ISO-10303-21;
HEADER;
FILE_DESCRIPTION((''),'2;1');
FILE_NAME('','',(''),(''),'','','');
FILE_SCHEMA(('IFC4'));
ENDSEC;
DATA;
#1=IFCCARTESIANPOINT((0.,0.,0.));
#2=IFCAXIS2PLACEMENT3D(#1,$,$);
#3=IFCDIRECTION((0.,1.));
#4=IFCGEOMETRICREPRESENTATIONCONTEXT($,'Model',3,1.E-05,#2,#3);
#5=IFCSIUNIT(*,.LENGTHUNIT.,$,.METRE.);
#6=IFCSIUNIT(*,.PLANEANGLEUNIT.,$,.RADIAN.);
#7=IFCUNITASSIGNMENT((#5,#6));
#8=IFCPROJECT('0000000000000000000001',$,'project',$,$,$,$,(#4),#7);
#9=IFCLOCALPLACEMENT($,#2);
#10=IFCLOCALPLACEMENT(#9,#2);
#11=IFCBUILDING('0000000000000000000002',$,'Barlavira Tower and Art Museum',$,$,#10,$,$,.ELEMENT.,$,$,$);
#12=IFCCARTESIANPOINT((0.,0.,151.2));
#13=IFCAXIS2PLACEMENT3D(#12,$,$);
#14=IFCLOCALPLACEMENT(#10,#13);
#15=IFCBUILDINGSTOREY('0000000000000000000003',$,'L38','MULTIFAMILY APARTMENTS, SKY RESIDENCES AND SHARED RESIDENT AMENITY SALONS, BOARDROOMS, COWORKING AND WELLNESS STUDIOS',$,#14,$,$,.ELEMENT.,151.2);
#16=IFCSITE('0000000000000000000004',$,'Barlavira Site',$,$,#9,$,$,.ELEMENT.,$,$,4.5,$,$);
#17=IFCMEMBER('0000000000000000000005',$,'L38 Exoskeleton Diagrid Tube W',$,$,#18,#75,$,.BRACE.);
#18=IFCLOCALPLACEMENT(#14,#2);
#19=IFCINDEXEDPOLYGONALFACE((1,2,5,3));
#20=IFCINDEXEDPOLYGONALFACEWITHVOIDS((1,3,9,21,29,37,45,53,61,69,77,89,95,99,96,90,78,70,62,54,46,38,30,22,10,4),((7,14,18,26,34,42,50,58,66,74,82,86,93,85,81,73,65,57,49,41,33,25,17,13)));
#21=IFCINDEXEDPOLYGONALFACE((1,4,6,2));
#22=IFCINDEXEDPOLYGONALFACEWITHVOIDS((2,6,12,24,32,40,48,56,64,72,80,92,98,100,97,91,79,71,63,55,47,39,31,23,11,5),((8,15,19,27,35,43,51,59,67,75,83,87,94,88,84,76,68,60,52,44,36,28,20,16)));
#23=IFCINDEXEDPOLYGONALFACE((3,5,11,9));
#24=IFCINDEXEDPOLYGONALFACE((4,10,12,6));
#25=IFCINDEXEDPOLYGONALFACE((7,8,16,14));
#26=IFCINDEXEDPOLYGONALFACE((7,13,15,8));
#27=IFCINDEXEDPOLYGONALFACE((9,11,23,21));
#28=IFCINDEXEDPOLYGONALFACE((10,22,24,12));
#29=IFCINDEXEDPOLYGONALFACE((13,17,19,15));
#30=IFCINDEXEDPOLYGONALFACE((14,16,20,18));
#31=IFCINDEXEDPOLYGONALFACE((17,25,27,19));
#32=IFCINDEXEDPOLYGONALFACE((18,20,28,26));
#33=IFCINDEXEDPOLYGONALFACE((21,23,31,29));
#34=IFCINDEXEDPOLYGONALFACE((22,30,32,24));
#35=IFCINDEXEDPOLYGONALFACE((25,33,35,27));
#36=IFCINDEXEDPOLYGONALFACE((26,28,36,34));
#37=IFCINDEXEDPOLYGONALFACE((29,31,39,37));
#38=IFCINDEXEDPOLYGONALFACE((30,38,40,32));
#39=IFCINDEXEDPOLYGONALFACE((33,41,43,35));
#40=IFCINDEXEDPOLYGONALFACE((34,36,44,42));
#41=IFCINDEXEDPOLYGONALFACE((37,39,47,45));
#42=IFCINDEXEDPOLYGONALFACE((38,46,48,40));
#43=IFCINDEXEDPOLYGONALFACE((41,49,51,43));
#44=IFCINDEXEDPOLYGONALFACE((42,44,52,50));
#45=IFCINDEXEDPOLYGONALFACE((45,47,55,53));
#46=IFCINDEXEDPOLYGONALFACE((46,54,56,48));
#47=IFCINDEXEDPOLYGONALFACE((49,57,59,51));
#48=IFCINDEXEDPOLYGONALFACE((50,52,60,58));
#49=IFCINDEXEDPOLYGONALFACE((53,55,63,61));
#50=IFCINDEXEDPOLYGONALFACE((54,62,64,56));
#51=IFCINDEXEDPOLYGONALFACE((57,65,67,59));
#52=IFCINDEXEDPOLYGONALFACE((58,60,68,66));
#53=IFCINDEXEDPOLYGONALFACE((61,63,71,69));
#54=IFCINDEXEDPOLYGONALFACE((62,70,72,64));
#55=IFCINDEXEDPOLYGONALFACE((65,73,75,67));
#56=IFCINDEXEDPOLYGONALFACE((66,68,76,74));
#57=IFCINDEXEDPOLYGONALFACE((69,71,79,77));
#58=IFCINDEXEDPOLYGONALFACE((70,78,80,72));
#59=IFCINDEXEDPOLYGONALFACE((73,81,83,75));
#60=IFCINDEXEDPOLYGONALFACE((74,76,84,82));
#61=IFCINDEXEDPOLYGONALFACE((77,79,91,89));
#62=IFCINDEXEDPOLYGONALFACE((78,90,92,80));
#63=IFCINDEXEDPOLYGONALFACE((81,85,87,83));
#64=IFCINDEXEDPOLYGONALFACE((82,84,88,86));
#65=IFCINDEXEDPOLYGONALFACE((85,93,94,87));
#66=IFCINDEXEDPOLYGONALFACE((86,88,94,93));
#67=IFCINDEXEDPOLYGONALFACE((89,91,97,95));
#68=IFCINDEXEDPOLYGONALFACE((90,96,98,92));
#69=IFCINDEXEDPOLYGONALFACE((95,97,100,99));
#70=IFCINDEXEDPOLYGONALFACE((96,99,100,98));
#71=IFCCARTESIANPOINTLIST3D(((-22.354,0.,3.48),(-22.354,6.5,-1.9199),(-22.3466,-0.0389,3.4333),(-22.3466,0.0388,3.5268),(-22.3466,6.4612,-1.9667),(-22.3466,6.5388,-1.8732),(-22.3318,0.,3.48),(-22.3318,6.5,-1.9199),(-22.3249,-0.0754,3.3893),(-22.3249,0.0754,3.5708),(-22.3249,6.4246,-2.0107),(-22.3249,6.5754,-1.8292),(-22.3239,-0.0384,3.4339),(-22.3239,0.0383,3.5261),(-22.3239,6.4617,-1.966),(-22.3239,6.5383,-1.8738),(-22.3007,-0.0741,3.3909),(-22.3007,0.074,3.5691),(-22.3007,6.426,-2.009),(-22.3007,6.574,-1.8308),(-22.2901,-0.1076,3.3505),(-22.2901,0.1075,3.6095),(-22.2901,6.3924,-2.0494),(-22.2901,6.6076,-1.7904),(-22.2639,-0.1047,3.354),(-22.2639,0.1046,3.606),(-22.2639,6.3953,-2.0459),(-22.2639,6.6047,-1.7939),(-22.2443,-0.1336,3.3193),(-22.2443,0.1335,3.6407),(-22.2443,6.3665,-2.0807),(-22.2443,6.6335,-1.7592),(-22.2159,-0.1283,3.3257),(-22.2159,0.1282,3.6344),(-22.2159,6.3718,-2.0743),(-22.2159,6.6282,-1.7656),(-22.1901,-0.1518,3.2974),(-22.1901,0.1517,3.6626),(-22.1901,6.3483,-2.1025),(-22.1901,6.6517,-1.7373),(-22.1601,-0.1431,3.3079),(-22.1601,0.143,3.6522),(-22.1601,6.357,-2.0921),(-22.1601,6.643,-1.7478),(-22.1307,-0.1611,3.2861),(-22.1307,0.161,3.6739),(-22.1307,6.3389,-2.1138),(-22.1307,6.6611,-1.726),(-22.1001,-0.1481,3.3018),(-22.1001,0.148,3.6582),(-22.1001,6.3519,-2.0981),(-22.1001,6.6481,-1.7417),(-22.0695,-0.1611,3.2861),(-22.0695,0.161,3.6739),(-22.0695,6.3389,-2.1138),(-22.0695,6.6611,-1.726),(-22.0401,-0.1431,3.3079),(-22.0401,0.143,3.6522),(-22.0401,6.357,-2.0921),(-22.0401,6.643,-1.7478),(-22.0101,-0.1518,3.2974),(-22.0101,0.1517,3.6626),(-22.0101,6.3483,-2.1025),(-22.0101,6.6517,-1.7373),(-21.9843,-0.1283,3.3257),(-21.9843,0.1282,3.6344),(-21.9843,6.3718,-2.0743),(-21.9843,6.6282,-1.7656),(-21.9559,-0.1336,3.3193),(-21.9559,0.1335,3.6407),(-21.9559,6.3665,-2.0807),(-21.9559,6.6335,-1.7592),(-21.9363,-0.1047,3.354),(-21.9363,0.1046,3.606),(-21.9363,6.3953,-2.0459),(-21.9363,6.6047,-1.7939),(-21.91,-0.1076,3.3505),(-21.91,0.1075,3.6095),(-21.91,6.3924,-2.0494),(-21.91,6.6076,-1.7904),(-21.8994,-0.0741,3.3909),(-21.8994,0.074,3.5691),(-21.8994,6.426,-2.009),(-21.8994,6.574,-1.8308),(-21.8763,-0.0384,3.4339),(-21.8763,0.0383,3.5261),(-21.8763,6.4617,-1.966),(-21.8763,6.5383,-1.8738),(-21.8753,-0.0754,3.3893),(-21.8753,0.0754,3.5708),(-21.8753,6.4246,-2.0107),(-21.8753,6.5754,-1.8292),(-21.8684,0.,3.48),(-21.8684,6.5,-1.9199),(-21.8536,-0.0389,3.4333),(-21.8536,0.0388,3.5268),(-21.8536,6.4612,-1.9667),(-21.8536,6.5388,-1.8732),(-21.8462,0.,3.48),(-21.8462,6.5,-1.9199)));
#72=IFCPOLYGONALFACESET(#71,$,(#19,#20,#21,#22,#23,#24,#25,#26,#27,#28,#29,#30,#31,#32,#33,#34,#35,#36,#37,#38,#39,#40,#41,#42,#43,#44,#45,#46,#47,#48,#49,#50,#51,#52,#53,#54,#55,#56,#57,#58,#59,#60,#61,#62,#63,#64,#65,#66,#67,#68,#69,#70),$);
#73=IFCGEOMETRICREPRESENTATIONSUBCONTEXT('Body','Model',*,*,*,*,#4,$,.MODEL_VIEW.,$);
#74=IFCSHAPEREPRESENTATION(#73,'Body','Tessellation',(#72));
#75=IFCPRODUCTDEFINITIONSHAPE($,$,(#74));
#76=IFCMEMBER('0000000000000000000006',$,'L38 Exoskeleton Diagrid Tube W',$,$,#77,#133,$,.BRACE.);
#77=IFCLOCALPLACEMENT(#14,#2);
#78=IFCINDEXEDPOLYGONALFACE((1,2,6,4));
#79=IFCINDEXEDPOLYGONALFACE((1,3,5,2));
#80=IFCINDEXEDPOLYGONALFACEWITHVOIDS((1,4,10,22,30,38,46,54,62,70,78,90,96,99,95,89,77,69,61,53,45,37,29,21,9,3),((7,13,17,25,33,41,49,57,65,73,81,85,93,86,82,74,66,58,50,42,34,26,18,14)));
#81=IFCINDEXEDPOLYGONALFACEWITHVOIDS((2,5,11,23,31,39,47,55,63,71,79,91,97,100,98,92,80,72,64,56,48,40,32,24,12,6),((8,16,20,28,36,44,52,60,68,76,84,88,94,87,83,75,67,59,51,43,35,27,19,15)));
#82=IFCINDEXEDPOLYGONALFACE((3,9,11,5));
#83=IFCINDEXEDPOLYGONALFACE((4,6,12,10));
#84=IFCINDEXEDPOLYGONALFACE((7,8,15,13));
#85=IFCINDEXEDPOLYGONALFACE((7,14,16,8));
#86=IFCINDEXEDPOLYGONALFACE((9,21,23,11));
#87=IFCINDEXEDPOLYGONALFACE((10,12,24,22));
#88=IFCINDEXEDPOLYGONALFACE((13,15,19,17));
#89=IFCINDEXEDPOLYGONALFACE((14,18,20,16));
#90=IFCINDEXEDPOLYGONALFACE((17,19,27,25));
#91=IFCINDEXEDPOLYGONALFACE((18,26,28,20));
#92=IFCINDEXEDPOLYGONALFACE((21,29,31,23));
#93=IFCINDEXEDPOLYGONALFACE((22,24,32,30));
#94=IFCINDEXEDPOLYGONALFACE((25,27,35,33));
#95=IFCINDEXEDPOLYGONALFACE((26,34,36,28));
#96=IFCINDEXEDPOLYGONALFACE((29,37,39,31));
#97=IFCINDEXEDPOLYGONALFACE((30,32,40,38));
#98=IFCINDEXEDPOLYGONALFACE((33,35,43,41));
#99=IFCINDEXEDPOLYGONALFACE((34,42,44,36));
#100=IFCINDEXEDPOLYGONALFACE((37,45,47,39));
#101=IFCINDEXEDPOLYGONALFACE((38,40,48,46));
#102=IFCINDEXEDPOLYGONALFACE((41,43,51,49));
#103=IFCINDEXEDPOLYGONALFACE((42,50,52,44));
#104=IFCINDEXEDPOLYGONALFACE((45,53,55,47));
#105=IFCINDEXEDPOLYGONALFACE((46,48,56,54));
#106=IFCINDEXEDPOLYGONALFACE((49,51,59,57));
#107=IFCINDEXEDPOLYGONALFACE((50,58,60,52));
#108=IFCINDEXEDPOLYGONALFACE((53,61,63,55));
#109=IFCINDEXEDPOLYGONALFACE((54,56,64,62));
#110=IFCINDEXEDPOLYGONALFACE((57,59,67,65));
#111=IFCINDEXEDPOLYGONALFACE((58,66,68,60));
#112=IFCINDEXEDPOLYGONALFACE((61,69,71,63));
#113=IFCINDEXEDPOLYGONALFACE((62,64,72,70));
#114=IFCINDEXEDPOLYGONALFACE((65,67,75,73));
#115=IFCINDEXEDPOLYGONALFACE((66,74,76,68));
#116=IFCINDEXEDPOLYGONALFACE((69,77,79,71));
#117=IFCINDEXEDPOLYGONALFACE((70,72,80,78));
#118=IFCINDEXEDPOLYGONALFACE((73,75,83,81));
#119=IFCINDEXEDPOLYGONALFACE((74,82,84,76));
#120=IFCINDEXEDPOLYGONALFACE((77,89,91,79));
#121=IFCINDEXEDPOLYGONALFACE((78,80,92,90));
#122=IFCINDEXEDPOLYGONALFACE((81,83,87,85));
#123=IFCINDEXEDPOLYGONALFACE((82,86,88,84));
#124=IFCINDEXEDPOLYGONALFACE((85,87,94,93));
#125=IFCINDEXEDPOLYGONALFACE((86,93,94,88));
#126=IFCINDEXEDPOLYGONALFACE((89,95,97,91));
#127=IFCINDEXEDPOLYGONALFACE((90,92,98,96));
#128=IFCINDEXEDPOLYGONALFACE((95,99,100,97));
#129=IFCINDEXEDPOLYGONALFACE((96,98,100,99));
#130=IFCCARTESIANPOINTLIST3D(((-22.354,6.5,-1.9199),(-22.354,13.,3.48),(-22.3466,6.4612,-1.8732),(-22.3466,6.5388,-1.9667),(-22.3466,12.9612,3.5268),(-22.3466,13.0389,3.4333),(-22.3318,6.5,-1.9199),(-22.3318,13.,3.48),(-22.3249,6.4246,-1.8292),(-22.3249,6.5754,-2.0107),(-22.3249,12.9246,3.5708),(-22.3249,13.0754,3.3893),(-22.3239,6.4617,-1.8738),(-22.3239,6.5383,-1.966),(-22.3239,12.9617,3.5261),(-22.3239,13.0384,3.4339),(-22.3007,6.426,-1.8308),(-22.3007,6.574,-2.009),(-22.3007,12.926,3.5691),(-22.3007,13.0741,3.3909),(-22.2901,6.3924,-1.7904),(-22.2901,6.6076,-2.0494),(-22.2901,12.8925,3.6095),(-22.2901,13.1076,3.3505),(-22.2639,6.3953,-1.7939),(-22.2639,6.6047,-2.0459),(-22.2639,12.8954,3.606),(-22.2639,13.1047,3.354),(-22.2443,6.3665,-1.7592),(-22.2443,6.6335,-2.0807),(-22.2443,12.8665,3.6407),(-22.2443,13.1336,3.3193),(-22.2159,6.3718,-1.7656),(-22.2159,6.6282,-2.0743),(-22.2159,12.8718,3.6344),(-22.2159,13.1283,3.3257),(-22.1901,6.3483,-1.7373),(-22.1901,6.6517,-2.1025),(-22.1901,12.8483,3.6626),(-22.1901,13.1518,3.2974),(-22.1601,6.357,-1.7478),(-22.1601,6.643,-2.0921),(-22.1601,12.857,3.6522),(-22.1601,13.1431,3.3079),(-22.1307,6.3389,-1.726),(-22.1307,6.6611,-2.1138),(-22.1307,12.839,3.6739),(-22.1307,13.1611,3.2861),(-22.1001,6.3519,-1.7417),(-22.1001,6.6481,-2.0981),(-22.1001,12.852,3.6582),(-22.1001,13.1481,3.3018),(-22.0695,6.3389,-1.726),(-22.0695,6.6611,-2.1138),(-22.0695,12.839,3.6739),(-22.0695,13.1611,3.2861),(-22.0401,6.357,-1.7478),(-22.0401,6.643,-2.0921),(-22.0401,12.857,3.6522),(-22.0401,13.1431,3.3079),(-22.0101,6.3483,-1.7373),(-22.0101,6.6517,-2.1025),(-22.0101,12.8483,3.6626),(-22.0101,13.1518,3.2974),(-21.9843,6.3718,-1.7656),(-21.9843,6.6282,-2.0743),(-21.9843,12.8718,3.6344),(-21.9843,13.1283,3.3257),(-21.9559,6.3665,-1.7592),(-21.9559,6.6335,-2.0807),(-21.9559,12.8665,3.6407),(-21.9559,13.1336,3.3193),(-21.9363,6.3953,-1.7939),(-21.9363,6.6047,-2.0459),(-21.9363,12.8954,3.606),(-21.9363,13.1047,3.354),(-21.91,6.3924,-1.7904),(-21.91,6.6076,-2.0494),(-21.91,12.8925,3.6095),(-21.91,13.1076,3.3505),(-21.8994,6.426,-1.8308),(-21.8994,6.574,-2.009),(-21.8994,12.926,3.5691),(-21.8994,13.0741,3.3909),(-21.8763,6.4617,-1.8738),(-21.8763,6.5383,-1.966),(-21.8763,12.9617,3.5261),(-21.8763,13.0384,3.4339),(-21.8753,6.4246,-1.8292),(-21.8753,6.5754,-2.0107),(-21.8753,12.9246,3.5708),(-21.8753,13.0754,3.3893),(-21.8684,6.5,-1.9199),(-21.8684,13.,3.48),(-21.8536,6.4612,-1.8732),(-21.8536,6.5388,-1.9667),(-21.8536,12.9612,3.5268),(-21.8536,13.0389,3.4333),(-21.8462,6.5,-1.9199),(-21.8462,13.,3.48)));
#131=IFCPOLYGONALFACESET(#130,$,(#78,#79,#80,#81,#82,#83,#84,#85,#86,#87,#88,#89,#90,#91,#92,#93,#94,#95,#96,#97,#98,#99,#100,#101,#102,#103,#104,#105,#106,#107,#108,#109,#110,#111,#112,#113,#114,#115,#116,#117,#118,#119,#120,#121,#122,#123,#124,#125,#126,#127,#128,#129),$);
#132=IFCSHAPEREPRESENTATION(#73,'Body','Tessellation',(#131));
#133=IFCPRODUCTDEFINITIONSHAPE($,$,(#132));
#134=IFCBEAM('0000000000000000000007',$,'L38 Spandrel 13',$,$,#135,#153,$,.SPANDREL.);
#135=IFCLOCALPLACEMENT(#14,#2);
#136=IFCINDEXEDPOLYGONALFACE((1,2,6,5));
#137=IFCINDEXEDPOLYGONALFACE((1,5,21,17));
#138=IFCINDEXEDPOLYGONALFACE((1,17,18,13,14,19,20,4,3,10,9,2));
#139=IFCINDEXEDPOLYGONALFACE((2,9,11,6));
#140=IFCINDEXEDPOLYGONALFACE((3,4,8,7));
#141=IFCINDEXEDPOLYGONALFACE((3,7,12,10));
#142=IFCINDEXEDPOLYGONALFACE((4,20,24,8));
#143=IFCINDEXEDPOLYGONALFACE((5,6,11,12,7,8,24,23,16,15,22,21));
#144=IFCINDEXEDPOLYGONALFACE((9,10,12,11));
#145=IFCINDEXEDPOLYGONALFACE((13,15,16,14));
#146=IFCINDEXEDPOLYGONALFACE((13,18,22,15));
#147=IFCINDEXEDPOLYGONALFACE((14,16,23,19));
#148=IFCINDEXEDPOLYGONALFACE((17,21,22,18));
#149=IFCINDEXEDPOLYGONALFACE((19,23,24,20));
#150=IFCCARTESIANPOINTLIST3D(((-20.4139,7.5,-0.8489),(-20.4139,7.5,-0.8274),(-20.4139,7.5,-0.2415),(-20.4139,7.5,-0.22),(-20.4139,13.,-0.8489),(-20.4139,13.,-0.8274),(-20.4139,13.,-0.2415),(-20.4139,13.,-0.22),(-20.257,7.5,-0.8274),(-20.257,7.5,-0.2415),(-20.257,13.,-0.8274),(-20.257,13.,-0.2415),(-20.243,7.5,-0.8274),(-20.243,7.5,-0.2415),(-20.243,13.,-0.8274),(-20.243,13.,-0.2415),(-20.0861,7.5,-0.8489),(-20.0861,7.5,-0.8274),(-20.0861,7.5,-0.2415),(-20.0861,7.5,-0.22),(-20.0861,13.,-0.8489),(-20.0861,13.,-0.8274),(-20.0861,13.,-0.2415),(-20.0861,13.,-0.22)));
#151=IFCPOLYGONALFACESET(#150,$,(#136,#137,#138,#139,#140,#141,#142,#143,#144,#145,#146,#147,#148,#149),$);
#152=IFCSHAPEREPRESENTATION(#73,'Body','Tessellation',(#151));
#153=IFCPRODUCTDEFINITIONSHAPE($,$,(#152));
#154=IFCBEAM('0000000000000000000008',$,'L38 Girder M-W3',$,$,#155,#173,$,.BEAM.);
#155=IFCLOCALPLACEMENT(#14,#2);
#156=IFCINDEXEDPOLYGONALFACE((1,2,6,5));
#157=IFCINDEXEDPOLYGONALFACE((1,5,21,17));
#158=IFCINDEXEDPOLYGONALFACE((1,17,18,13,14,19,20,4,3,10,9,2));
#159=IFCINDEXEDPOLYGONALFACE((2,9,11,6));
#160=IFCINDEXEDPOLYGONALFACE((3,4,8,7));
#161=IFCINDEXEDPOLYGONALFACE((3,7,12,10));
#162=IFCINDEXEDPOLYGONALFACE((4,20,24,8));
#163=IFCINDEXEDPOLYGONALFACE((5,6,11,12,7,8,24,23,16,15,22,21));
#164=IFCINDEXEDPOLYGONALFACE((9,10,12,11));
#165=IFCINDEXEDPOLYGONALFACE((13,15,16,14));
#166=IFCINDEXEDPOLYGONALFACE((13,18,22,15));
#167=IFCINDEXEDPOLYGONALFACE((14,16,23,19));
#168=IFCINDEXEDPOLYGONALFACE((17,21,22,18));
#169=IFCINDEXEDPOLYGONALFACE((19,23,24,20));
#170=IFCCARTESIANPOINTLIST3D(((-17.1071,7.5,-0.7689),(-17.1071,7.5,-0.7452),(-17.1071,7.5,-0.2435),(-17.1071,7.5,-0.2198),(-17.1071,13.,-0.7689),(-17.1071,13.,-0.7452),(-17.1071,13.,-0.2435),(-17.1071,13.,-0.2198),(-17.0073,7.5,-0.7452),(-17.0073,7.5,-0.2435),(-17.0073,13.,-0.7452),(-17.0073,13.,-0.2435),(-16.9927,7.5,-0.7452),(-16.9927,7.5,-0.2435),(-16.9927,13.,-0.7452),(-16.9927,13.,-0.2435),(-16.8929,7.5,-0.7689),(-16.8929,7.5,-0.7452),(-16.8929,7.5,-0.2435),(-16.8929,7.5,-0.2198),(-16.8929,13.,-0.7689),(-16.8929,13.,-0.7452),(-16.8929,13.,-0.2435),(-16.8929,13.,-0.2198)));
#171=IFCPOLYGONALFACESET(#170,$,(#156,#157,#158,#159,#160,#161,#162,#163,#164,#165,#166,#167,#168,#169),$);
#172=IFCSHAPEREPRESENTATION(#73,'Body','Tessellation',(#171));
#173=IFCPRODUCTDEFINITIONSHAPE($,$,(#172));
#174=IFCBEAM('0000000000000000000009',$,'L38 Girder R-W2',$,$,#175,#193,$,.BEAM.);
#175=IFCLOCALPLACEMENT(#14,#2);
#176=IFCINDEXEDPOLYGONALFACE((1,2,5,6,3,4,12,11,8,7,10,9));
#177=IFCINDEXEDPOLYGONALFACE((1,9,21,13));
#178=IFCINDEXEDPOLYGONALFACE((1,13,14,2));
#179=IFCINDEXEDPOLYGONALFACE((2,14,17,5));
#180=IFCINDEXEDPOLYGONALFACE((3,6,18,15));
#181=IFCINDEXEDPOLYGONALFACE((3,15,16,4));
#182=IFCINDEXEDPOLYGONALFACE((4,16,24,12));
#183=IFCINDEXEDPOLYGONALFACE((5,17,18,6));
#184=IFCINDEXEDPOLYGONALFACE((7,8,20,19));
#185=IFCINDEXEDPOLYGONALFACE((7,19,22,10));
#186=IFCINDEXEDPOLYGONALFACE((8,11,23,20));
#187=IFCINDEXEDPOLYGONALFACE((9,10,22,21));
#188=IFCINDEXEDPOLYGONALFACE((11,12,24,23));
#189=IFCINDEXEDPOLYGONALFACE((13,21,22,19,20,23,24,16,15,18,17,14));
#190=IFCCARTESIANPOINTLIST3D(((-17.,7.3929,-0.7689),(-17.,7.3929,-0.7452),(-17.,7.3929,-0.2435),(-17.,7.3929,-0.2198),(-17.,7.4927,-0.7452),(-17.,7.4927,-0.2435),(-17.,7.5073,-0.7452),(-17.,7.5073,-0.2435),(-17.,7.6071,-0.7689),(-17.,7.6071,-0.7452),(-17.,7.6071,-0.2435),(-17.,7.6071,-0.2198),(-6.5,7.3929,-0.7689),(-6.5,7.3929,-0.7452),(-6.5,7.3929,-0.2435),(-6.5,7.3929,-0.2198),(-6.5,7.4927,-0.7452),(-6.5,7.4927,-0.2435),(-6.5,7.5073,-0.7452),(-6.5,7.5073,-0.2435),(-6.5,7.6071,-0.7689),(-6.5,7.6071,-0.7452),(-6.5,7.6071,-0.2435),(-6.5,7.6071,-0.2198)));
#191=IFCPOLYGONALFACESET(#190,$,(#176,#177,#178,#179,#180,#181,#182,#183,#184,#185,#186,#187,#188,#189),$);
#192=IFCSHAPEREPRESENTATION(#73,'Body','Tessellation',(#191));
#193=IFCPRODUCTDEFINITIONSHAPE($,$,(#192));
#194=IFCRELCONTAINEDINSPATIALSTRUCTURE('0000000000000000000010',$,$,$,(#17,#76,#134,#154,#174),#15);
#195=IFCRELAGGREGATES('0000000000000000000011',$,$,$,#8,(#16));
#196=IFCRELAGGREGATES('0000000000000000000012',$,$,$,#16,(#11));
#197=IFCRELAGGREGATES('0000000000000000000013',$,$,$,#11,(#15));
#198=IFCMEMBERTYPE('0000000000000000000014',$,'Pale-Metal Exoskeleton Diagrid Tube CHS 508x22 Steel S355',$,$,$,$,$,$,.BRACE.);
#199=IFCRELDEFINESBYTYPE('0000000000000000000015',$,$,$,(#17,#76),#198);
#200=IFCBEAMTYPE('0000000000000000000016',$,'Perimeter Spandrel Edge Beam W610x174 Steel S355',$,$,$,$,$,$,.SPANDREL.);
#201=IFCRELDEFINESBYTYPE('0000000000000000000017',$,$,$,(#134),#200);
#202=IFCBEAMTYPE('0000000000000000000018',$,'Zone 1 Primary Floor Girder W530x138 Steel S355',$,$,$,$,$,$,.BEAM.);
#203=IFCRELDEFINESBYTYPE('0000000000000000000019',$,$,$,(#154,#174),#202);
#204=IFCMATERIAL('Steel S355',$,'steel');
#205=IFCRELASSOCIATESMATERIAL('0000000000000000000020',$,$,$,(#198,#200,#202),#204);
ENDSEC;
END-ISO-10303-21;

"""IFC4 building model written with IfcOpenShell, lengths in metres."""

from ifc_helpers import new_model, si_unit, direction, frame, origin, origin_2d, place, context, subcontext, project, spatial, hollow_circle, i_section, extrude, material, material_profile, profile_set, type_object, element, save


model = new_model("IFC4")

# Units and contexts
model_context = context("Model", 3, precision=1e-05, world=origin(), true_north=direction((0.0, 1.0)))
body_context = subcontext(model_context, "Body", "Model", "MODEL_VIEW")
ifc_project = project(units=[si_unit("LENGTHUNIT", "METRE"), si_unit("PLANEANGLEUNIT", "RADIAN")], contexts=[model_context])

# Site, building, storey
site_placement = place(None, origin())
site = spatial("IfcSite", under=ifc_project, at=site_placement, Name="Barlavira Site", CompositionType="ELEMENT", RefElevation=4.5)
building_placement = place(site_placement, origin())
building = spatial("IfcBuilding", under=site, at=building_placement, Name="Barlavira Tower and Art Museum", CompositionType="ELEMENT")
storey_placement = place(building_placement, frame((0.0, 0.0, 151.2)))
storey = spatial("IfcBuildingStorey", under=building, at=storey_placement, Name="L38", Description="MULTIFAMILY APARTMENTS, SKY RESIDENCES AND SHARED RESIDENT AMENITY SALONS, BOARDROOMS, COWORKING AND WELLNESS STUDIOS", CompositionType="ELEMENT", Elevation=151.2)

# Members
ifc_material_1 = material(Name="Steel S355", Category="steel")
ifc_material_profile_1 = material_profile(ifc_material_1, hollow_circle(Radius=0.2539, WallThickness=0.0222, at=origin_2d()), Name="CHS 508.0x22.2")
ifc_profile_set_1 = profile_set([ifc_material_profile_1], Name="Steel S355")
member_type_1 = type_object("IfcMemberType", Name="Pale-Metal Exoskeleton Diagrid Tube CHS 508x22 Steel S355", PredefinedType="BRACE", material=ifc_profile_set_1)
for number, where, z_axis, x_axis, name in (
    (1, (-22.1001, 6.5, -1.9199), (0.0, -0.769196, 0.639013), (1.0, 0.0, 0.0), "L38 Exoskeleton Diagrid Tube W"),
    (2, (-22.1001, 6.5, -1.9199), (0.0, 0.769196, 0.639013), (-1.0, 0.0, 0.0), "L38 Exoskeleton Diagrid Tube W"),
):
    element("IfcMember", number, at=place(storey_placement, frame(where, z_axis=z_axis, x_axis=x_axis)), inside=storey, type_object=member_type_1, Name=name, PredefinedType="BRACE", context=body_context, shape_type="SweptSolid", body=[
        extrude(hollow_circle(Radius=0.2539, WallThickness=0.0222, at=origin_2d()), origin(), (0.0, 0.0, 1.0), 8.4504),
    ])

# Beams
ifc_material_profile_2 = material_profile(ifc_material_1, i_section(OverallWidth=0.3279, OverallDepth=0.6289, WebThickness=0.0139, FlangeThickness=0.0215, at=origin_2d()), Name="W610x174.0")
ifc_profile_set_2 = profile_set([ifc_material_profile_2], Name="Steel S355")
beam_type_1 = type_object("IfcBeamType", Name="Perimeter Spandrel Edge Beam W610x174 Steel S355", PredefinedType="SPANDREL", material=ifc_profile_set_2)
beam_1_placement = place(storey_placement, frame((-20.25, 7.5, -0.5344), z_axis=(0.0, 1.0, 0.0), x_axis=(-1.0, 0.0, 0.0)))
element("IfcBeam", 3, at=beam_1_placement, inside=storey, type_object=beam_type_1, Name="L38 Spandrel 13", PredefinedType="SPANDREL", context=body_context, shape_type="SweptSolid", body=[
    extrude(i_section(OverallWidth=0.3279, OverallDepth=0.6289, WebThickness=0.0139, FlangeThickness=0.0215, at=origin_2d()), origin(), (0.0, 0.0, 1.0), 5.5),
])
ifc_material_profile_3 = material_profile(ifc_material_1, i_section(OverallWidth=0.2141, OverallDepth=0.5491, WebThickness=0.0146, FlangeThickness=0.0237, at=origin_2d()), Name="W530x138.0")
ifc_profile_set_3 = profile_set([ifc_material_profile_3], Name="Steel S355")
beam_type_2 = type_object("IfcBeamType", Name="Zone 1 Primary Floor Girder W530x138 Steel S355", PredefinedType="BEAM", material=ifc_profile_set_3)
beam_2_placement = place(storey_placement, frame((-17.0, 7.5, -0.4944), z_axis=(0.0, 1.0, 0.0), x_axis=(-1.0, 0.0, 0.0)))
element("IfcBeam", 4, at=beam_2_placement, inside=storey, type_object=beam_type_2, Name="L38 Girder M-W3", PredefinedType="BEAM", context=body_context, shape_type="SweptSolid", body=[
    extrude(i_section(OverallWidth=0.2141, OverallDepth=0.5491, WebThickness=0.0146, FlangeThickness=0.0237, at=origin_2d()), origin(), (0.0, 0.0, 1.0), 5.5),
])
beam_3_placement = place(storey_placement, frame((-17.0, 7.5, -0.4944), z_axis=(1.0, 0.0, 0.0), x_axis=(0.0, 1.0, 0.0)))
element("IfcBeam", 5, at=beam_3_placement, inside=storey, type_object=beam_type_2, Name="L38 Girder R-W2", PredefinedType="BEAM", context=body_context, shape_type="SweptSolid", body=[
    extrude(i_section(OverallWidth=0.2141, OverallDepth=0.5491, WebThickness=0.0146, FlangeThickness=0.0237, at=origin_2d()), origin(), (0.0, 0.0, 1.0), 10.5),
])

save(model, "model.ifc")
